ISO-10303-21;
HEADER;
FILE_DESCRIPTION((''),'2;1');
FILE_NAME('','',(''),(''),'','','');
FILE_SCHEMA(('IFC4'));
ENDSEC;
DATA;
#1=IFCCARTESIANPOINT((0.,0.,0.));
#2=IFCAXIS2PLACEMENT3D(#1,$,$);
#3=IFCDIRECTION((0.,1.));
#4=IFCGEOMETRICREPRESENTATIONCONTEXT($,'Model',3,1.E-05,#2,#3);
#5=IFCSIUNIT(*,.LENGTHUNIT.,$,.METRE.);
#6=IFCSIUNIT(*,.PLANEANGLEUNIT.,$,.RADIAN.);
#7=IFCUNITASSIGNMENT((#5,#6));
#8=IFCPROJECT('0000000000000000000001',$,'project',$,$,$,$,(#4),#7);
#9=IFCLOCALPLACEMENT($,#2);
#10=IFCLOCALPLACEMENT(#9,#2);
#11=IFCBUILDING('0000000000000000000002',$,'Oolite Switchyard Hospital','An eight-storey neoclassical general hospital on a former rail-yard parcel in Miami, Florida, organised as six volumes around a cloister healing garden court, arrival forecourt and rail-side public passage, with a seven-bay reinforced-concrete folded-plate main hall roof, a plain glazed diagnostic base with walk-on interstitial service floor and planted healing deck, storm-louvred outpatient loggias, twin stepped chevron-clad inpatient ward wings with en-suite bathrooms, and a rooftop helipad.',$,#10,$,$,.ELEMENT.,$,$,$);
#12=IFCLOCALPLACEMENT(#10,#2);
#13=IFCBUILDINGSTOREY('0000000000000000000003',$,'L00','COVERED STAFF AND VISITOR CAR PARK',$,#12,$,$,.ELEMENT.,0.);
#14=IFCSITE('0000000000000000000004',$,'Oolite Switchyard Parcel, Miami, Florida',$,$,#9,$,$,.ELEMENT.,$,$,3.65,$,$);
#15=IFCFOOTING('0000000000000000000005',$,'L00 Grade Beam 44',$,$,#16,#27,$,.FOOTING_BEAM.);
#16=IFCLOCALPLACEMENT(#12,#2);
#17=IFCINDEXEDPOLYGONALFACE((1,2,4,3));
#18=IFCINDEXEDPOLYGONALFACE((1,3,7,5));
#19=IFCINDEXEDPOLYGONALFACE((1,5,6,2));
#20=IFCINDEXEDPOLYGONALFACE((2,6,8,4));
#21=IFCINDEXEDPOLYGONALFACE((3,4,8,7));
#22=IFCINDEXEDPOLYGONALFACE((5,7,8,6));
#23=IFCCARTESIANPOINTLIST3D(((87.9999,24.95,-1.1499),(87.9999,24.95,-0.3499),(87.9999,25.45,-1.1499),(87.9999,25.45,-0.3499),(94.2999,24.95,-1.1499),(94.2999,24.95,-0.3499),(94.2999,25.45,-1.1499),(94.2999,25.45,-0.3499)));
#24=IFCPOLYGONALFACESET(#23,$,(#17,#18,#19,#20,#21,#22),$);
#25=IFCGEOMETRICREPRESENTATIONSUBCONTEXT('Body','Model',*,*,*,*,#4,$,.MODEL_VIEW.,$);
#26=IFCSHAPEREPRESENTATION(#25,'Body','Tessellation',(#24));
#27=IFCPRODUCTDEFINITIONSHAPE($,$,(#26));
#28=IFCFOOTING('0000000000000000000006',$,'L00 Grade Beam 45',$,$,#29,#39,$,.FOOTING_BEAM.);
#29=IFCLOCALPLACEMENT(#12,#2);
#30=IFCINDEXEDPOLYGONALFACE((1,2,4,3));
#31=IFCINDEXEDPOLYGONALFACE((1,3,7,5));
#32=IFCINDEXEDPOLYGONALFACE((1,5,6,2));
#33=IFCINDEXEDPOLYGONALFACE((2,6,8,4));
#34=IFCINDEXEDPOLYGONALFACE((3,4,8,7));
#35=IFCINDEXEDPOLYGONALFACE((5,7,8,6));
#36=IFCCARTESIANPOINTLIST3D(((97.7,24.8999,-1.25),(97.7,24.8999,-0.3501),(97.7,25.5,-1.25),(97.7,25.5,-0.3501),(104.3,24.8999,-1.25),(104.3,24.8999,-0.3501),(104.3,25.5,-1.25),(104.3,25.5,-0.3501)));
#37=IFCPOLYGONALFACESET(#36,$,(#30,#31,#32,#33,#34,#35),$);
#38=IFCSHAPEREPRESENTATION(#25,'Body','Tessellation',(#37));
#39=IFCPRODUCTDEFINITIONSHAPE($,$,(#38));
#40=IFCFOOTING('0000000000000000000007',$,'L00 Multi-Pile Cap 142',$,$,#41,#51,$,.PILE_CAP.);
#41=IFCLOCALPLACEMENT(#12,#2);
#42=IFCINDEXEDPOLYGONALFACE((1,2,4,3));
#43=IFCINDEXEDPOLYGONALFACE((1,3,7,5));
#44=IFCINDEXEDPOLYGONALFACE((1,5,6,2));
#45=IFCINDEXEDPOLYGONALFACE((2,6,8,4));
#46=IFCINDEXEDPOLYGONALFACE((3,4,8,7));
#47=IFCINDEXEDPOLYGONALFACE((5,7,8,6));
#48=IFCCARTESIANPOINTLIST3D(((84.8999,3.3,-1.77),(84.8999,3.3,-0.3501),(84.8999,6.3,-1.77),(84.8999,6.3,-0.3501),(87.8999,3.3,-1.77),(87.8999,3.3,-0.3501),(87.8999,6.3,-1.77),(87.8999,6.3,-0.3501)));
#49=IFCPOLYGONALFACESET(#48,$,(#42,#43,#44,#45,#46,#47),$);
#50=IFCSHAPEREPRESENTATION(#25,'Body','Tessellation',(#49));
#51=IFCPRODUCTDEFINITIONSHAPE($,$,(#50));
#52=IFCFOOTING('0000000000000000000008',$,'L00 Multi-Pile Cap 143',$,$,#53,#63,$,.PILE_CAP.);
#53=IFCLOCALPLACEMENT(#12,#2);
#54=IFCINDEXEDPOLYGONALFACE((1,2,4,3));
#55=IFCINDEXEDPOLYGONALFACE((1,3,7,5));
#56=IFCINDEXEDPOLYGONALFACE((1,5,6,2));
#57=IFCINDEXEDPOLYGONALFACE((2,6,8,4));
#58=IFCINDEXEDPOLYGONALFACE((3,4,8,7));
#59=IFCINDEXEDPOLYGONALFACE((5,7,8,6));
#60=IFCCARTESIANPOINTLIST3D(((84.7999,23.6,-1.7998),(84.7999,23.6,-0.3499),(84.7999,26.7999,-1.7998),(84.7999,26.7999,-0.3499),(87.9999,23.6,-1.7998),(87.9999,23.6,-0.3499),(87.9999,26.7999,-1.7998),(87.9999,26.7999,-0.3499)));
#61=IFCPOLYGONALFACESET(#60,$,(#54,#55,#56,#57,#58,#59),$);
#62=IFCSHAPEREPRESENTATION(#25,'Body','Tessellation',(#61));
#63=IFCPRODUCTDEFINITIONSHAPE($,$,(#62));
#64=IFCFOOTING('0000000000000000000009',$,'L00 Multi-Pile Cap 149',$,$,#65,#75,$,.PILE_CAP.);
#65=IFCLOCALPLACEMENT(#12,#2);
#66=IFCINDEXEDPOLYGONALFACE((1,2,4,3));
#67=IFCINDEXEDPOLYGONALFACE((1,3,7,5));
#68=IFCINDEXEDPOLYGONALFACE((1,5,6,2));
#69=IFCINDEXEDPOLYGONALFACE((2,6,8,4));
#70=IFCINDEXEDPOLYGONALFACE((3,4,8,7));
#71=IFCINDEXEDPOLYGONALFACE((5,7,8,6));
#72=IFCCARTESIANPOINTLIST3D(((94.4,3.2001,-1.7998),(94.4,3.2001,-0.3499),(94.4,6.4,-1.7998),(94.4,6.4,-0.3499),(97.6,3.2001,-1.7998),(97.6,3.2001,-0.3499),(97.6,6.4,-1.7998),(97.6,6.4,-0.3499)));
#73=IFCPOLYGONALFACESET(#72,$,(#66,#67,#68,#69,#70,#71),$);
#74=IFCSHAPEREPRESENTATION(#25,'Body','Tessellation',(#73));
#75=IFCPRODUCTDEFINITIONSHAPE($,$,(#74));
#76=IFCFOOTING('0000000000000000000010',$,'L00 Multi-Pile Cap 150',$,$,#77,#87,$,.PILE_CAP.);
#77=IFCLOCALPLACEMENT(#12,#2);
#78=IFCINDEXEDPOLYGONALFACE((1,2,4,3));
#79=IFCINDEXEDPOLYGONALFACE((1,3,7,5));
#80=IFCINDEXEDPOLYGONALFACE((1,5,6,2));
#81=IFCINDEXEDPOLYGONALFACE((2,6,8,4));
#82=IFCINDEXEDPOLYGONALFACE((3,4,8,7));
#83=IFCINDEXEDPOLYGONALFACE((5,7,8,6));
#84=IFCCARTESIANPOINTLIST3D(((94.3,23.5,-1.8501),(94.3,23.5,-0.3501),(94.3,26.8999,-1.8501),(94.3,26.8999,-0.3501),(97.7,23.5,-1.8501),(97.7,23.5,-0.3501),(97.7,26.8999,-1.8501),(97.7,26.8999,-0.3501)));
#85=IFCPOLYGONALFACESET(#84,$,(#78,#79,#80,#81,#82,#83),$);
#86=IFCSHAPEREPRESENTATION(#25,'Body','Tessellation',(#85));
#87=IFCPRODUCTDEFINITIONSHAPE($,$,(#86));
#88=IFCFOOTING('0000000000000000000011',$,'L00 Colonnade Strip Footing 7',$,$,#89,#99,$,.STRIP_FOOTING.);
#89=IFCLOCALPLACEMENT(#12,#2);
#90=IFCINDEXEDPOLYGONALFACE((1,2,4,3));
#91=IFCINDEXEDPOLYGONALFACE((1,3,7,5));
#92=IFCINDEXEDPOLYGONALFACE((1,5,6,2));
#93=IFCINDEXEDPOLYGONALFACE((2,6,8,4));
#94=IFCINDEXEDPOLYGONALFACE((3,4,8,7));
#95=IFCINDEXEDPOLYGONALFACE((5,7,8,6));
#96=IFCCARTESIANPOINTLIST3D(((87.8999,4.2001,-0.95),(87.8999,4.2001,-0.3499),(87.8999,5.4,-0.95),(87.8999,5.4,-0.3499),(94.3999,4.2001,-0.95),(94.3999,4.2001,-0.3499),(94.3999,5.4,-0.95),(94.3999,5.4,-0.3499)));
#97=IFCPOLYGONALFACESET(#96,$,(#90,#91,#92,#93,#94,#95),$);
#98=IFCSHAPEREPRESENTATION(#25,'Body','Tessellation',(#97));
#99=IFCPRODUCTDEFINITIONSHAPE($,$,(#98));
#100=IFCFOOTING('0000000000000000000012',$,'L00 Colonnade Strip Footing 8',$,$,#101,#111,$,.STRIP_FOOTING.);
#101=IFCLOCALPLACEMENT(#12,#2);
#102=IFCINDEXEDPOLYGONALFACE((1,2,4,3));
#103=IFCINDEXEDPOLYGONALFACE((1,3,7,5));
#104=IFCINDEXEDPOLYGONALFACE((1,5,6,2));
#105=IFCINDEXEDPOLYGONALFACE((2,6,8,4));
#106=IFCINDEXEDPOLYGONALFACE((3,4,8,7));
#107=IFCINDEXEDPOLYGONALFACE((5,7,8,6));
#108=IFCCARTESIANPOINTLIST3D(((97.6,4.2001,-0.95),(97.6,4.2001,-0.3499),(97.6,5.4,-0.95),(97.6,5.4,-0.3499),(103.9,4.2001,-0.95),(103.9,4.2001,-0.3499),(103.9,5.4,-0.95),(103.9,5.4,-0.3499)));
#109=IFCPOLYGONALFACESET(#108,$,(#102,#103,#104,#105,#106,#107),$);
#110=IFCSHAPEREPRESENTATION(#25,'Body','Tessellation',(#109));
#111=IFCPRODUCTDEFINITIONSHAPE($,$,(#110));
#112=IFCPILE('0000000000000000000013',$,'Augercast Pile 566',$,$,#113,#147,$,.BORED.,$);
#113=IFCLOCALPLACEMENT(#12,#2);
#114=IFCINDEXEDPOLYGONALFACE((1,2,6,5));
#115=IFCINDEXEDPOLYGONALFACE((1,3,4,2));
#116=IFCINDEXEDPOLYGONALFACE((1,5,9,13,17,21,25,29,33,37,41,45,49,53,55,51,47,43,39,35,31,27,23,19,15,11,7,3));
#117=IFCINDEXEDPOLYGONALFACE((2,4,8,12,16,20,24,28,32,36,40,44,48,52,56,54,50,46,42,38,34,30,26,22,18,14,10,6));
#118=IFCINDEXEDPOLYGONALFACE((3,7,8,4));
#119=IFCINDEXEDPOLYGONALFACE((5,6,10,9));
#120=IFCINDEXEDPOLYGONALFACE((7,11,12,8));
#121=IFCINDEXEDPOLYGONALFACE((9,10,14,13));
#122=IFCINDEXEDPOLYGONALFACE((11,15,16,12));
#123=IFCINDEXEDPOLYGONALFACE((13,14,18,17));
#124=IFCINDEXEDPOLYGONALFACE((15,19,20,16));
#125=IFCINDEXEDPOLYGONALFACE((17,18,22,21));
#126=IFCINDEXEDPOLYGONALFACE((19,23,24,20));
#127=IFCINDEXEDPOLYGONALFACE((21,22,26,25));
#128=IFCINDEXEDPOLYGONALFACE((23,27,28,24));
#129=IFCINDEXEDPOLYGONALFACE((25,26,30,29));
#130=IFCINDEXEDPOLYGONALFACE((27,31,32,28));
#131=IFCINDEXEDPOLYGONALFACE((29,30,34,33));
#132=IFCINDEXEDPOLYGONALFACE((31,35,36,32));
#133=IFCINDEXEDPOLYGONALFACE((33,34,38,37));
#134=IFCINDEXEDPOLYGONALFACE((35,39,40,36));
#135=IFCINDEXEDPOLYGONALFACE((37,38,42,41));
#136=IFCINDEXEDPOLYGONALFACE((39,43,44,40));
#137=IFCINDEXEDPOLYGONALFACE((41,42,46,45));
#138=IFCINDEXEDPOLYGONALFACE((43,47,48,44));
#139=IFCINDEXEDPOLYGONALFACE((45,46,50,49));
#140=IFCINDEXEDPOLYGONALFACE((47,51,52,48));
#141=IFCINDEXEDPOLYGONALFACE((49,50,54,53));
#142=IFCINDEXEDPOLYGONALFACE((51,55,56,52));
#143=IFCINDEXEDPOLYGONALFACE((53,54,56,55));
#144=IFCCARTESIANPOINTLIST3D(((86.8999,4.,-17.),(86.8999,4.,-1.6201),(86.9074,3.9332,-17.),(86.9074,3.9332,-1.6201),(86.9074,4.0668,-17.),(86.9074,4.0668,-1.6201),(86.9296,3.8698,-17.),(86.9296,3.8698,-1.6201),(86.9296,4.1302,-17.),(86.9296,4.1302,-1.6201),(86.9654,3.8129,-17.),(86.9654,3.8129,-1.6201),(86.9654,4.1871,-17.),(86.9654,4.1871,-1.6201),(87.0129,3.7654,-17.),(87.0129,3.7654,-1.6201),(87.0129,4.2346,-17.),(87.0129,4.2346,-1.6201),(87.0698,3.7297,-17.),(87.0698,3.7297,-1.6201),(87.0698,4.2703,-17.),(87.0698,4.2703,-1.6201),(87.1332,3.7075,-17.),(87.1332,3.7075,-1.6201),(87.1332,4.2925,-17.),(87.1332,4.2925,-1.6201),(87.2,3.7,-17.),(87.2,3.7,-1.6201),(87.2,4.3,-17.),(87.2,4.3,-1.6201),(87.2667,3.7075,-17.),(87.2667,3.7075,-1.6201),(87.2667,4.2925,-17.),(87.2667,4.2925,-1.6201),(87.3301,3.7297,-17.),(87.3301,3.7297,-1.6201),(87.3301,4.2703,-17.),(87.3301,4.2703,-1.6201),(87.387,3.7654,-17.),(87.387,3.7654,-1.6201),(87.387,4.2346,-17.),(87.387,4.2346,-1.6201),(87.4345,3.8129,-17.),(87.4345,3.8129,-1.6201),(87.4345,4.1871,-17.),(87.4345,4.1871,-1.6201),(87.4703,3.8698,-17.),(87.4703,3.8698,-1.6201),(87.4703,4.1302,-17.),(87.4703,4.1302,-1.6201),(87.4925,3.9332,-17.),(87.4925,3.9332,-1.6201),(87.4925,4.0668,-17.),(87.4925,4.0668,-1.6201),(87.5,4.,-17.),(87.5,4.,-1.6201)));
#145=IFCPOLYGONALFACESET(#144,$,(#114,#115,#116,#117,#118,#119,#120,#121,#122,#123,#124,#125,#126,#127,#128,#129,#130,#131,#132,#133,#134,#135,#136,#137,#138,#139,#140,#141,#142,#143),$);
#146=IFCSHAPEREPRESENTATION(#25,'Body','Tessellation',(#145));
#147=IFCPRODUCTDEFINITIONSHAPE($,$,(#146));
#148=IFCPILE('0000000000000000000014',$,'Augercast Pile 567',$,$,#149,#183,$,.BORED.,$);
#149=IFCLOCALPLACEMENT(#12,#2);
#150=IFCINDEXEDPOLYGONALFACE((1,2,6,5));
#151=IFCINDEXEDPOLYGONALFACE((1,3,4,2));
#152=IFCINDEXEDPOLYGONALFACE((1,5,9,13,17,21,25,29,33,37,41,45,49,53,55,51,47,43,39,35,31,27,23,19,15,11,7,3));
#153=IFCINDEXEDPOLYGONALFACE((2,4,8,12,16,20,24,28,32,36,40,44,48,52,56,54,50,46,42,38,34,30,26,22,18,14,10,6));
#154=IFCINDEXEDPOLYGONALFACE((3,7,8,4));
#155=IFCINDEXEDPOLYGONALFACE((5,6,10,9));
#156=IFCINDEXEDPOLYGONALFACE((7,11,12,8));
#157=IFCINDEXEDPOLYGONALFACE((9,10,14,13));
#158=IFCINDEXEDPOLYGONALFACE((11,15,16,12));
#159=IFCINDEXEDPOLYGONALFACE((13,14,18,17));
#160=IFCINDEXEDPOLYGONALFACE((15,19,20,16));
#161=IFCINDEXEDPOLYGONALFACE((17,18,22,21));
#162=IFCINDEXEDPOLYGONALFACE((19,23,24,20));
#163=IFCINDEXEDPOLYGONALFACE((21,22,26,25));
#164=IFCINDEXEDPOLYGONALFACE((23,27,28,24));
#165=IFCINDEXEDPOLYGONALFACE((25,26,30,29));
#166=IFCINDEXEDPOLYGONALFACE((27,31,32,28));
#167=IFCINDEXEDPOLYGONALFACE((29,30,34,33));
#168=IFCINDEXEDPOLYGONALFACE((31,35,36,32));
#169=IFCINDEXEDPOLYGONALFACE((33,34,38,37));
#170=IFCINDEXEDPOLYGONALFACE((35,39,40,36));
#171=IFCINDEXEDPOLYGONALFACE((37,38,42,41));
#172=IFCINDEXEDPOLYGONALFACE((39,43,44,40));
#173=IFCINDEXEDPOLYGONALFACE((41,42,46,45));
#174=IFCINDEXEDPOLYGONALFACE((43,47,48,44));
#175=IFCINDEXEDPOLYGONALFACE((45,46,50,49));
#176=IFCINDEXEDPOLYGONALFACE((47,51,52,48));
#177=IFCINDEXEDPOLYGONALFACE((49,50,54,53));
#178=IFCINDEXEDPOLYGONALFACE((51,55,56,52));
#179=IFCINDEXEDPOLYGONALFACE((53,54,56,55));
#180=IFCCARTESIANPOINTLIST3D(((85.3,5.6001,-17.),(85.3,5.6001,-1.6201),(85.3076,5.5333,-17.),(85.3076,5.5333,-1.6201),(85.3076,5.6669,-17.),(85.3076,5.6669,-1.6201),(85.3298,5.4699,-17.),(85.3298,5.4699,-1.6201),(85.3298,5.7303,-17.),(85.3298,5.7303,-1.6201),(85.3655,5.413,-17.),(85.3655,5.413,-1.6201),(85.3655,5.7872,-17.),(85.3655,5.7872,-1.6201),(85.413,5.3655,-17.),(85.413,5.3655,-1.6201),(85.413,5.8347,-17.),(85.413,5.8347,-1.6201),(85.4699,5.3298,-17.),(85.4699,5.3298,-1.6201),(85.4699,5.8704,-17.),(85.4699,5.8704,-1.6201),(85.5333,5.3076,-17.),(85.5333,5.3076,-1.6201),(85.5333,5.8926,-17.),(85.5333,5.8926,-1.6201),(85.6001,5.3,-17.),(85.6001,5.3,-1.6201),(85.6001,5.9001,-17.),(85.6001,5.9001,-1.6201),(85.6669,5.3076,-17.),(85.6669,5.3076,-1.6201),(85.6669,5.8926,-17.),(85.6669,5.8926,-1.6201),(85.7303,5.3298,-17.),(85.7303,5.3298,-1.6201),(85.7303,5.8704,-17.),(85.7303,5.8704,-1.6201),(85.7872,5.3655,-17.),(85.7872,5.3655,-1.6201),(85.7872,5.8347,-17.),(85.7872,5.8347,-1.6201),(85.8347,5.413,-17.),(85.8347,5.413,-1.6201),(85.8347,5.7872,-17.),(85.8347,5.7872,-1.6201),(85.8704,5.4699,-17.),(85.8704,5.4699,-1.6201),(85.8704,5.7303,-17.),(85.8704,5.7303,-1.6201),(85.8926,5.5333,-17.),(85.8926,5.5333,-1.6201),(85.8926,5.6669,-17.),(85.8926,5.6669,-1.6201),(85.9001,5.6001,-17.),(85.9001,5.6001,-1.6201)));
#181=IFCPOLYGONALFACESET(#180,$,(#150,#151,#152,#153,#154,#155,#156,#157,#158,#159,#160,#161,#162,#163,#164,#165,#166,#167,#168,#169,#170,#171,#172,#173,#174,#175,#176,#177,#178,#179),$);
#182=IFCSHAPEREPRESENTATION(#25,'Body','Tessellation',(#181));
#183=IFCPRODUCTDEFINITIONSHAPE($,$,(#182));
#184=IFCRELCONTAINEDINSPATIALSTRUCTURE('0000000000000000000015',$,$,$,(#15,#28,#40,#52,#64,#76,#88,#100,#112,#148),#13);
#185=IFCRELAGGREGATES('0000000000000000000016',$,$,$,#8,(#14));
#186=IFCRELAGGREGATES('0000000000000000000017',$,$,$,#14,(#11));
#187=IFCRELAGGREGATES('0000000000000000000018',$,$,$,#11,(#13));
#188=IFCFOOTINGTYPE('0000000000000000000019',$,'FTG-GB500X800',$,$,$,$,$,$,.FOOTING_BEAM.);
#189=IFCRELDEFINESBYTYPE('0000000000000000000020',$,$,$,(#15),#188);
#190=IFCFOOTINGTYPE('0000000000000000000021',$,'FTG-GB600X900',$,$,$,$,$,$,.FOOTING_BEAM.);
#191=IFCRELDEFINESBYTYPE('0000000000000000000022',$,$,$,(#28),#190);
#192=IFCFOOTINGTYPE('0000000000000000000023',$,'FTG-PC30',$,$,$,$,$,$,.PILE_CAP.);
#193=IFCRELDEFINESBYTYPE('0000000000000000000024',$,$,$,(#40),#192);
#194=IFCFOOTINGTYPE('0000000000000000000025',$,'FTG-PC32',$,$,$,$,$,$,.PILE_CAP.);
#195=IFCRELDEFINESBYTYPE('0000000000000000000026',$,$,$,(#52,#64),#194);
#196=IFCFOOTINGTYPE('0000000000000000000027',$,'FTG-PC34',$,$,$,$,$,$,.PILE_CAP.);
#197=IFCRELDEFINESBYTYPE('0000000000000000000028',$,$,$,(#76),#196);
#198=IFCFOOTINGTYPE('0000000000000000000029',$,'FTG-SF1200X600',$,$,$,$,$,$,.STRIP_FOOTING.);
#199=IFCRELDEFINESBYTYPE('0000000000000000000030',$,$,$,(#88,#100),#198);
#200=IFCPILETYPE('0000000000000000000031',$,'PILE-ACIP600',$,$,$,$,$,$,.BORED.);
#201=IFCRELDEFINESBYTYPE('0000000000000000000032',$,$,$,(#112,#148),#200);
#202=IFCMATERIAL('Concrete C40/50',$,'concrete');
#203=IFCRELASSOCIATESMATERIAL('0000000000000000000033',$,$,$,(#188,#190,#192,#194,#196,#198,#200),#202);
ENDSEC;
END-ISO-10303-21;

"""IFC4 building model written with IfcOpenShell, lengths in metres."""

from ifc_helpers import new_model, si_unit, direction, frame, origin, origin_2d, place, context, subcontext, project, spatial, rectangle, circle, extrude, material, material_profile, profile_set, type_object, element, save


model = new_model("IFC4")

# Units and contexts
model_context = context("Model", 3, precision=1e-05, world=origin(), true_north=direction((0.0, 1.0)))
body_context = subcontext(model_context, "Body", "Model", "MODEL_VIEW")
ifc_project = project(units=[si_unit("LENGTHUNIT", "METRE"), si_unit("PLANEANGLEUNIT", "RADIAN")], contexts=[model_context])

# Site, building, storey
site_placement = place(None, origin())
site = spatial("IfcSite", under=ifc_project, at=site_placement, Name="Oolite Switchyard Parcel, Miami, Florida", CompositionType="ELEMENT", RefElevation=3.65)
building_placement = place(site_placement, origin())
building = spatial("IfcBuilding", under=site, at=building_placement, Name="Oolite Switchyard Hospital", Description="An eight-storey neoclassical general hospital on a former rail-yard parcel in Miami, Florida, organised as six volumes around a cloister healing garden court, arrival forecourt and rail-side public passage, with a seven-bay reinforced-concrete folded-plate main hall roof, a plain glazed diagnostic base with walk-on interstitial service floor and planted healing deck, storm-louvred outpatient loggias, twin stepped chevron-clad inpatient ward wings with en-suite bathrooms, and a rooftop helipad.", CompositionType="ELEMENT")
storey_placement = place(building_placement, origin())
storey = spatial("IfcBuildingStorey", under=building, at=storey_placement, Name="L00", Description="COVERED STAFF AND VISITOR CAR PARK", CompositionType="ELEMENT", Elevation=0.0)

# Footings
ifc_material_1 = material(Name="Concrete C40/50", Category="concrete")
footing_type_1 = type_object("IfcFootingType", Name="FTG-GB500X800", PredefinedType="FOOTING_BEAM", material=ifc_material_1)
footing_1_placement = place(storey_placement, frame((91.1499, 25.2, -1.1499), z_axis=(0.0, 0.0, 1.0), x_axis=(1.0, 0.0, 0.0)))
element("IfcFooting", 1, at=footing_1_placement, inside=storey, type_object=footing_type_1, Name="L00 Grade Beam 44", PredefinedType="FOOTING_BEAM", context=body_context, shape_type="SweptSolid", body=[
    extrude(rectangle(XDim=6.3, YDim=0.5, at=origin_2d()), origin(), (0.0, 0.0, 1.0), 0.8),
])
footing_type_2 = type_object("IfcFootingType", Name="FTG-GB600X900", PredefinedType="FOOTING_BEAM", material=ifc_material_1)
footing_2_placement = place(storey_placement, frame((101.0, 25.2, -1.25), z_axis=(0.0, 0.0, 1.0), x_axis=(1.0, 0.0, 0.0)))
element("IfcFooting", 2, at=footing_2_placement, inside=storey, type_object=footing_type_2, Name="L00 Grade Beam 45", PredefinedType="FOOTING_BEAM", context=body_context, shape_type="SweptSolid", body=[
    extrude(rectangle(XDim=6.6001, YDim=0.6001, at=origin_2d()), origin(), (0.0, 0.0, 1.0), 0.8999),
])
footing_type_3 = type_object("IfcFootingType", Name="FTG-PC30", PredefinedType="PILE_CAP", material=ifc_material_1)
footing_3_placement = place(storey_placement, frame((86.3999, 4.8, -1.77), z_axis=(0.0, 0.0, 1.0), x_axis=(1.0, 0.0, 0.0)))
element("IfcFooting", 3, at=footing_3_placement, inside=storey, type_object=footing_type_3, Name="L00 Multi-Pile Cap 142", PredefinedType="PILE_CAP", context=body_context, shape_type="SweptSolid", body=[
    extrude(rectangle(XDim=3.0, YDim=3.0, at=origin_2d()), origin(), (0.0, 0.0, 1.0), 1.4199),
])
footing_type_4 = type_object("IfcFootingType", Name="FTG-PC32", PredefinedType="PILE_CAP", material=ifc_material_1)
for number, where, z_axis, x_axis, name in (
    (4, (86.3999, 25.2, -1.7998), (0.0, 0.0, 1.0), (1.0, 0.0, 0.0), "L00 Multi-Pile Cap 143"),
    (5, (96.0, 4.8, -1.7998), (0.0, 0.0, 1.0), (1.0, 0.0, 0.0), "L00 Multi-Pile Cap 149"),
):
    element("IfcFooting", number, at=place(storey_placement, frame(where, z_axis=z_axis, x_axis=x_axis)), inside=storey, type_object=footing_type_4, Name=name, PredefinedType="PILE_CAP", context=body_context, shape_type="SweptSolid", body=[
        extrude(rectangle(XDim=3.2, YDim=3.2, at=origin_2d()), origin(), (0.0, 0.0, 1.0), 1.45),
    ])
footing_type_5 = type_object("IfcFootingType", Name="FTG-PC34", PredefinedType="PILE_CAP", material=ifc_material_1)
footing_4_placement = place(storey_placement, frame((96.0, 25.2, -1.8501), z_axis=(0.0, 0.0, 1.0), x_axis=(1.0, 0.0, 0.0)))
element("IfcFooting", 6, at=footing_4_placement, inside=storey, type_object=footing_type_5, Name="L00 Multi-Pile Cap 150", PredefinedType="PILE_CAP", context=body_context, shape_type="SweptSolid", body=[
    extrude(rectangle(XDim=3.3999, YDim=3.3999, at=origin_2d()), origin(), (0.0, 0.0, 1.0), 1.5),
])
footing_type_6 = type_object("IfcFootingType", Name="FTG-SF1200X600", PredefinedType="STRIP_FOOTING", material=ifc_material_1)
footing_5_placement = place(storey_placement, frame((91.1499, 4.8, -0.95), z_axis=(0.0, 0.0, 1.0), x_axis=(1.0, 0.0, 0.0)))
element("IfcFooting", 7, at=footing_5_placement, inside=storey, type_object=footing_type_6, Name="L00 Colonnade Strip Footing 7", PredefinedType="STRIP_FOOTING", context=body_context, shape_type="SweptSolid", body=[
    extrude(rectangle(XDim=6.5, YDim=1.2, at=origin_2d()), origin(), (0.0, 0.0, 1.0), 0.6001),
])
footing_6_placement = place(storey_placement, frame((100.75, 4.8, -0.95), z_axis=(0.0, 0.0, 1.0), x_axis=(1.0, 0.0, 0.0)))
element("IfcFooting", 8, at=footing_6_placement, inside=storey, type_object=footing_type_6, Name="L00 Colonnade Strip Footing 8", PredefinedType="STRIP_FOOTING", context=body_context, shape_type="SweptSolid", body=[
    extrude(rectangle(XDim=6.3, YDim=1.2, at=origin_2d()), origin(), (0.0, 0.0, 1.0), 0.6001),
])

# Piles
ifc_material_profile_1 = material_profile(ifc_material_1, circle(Radius=0.3, at=origin_2d()), Name="PILE600")
ifc_profile_set_1 = profile_set([ifc_material_profile_1], Name="Concrete C40/50")
pile_type = type_object("IfcPileType", Name="PILE-ACIP600", PredefinedType="BORED", material=ifc_profile_set_1)
for number, where, z_axis, x_axis, name in (
    (9, (87.2, 4.0, -1.6201), (0.0, 0.0, -1.0), (1.0, 0.0, 0.0), "Augercast Pile 566"),
    (10, (85.6001, 5.6001, -1.6201), (0.0, 0.0, -1.0), (1.0, 0.0, 0.0), "Augercast Pile 567"),
):
    element("IfcPile", number, at=place(storey_placement, frame(where, z_axis=z_axis, x_axis=x_axis)), inside=storey, type_object=pile_type, Name=name, PredefinedType="BORED", context=body_context, shape_type="SweptSolid", body=[
        extrude(circle(Radius=0.3, at=origin_2d()), origin(), (0.0, 0.0, 1.0), 15.3799),
    ])

save(model, "model.ifc")
